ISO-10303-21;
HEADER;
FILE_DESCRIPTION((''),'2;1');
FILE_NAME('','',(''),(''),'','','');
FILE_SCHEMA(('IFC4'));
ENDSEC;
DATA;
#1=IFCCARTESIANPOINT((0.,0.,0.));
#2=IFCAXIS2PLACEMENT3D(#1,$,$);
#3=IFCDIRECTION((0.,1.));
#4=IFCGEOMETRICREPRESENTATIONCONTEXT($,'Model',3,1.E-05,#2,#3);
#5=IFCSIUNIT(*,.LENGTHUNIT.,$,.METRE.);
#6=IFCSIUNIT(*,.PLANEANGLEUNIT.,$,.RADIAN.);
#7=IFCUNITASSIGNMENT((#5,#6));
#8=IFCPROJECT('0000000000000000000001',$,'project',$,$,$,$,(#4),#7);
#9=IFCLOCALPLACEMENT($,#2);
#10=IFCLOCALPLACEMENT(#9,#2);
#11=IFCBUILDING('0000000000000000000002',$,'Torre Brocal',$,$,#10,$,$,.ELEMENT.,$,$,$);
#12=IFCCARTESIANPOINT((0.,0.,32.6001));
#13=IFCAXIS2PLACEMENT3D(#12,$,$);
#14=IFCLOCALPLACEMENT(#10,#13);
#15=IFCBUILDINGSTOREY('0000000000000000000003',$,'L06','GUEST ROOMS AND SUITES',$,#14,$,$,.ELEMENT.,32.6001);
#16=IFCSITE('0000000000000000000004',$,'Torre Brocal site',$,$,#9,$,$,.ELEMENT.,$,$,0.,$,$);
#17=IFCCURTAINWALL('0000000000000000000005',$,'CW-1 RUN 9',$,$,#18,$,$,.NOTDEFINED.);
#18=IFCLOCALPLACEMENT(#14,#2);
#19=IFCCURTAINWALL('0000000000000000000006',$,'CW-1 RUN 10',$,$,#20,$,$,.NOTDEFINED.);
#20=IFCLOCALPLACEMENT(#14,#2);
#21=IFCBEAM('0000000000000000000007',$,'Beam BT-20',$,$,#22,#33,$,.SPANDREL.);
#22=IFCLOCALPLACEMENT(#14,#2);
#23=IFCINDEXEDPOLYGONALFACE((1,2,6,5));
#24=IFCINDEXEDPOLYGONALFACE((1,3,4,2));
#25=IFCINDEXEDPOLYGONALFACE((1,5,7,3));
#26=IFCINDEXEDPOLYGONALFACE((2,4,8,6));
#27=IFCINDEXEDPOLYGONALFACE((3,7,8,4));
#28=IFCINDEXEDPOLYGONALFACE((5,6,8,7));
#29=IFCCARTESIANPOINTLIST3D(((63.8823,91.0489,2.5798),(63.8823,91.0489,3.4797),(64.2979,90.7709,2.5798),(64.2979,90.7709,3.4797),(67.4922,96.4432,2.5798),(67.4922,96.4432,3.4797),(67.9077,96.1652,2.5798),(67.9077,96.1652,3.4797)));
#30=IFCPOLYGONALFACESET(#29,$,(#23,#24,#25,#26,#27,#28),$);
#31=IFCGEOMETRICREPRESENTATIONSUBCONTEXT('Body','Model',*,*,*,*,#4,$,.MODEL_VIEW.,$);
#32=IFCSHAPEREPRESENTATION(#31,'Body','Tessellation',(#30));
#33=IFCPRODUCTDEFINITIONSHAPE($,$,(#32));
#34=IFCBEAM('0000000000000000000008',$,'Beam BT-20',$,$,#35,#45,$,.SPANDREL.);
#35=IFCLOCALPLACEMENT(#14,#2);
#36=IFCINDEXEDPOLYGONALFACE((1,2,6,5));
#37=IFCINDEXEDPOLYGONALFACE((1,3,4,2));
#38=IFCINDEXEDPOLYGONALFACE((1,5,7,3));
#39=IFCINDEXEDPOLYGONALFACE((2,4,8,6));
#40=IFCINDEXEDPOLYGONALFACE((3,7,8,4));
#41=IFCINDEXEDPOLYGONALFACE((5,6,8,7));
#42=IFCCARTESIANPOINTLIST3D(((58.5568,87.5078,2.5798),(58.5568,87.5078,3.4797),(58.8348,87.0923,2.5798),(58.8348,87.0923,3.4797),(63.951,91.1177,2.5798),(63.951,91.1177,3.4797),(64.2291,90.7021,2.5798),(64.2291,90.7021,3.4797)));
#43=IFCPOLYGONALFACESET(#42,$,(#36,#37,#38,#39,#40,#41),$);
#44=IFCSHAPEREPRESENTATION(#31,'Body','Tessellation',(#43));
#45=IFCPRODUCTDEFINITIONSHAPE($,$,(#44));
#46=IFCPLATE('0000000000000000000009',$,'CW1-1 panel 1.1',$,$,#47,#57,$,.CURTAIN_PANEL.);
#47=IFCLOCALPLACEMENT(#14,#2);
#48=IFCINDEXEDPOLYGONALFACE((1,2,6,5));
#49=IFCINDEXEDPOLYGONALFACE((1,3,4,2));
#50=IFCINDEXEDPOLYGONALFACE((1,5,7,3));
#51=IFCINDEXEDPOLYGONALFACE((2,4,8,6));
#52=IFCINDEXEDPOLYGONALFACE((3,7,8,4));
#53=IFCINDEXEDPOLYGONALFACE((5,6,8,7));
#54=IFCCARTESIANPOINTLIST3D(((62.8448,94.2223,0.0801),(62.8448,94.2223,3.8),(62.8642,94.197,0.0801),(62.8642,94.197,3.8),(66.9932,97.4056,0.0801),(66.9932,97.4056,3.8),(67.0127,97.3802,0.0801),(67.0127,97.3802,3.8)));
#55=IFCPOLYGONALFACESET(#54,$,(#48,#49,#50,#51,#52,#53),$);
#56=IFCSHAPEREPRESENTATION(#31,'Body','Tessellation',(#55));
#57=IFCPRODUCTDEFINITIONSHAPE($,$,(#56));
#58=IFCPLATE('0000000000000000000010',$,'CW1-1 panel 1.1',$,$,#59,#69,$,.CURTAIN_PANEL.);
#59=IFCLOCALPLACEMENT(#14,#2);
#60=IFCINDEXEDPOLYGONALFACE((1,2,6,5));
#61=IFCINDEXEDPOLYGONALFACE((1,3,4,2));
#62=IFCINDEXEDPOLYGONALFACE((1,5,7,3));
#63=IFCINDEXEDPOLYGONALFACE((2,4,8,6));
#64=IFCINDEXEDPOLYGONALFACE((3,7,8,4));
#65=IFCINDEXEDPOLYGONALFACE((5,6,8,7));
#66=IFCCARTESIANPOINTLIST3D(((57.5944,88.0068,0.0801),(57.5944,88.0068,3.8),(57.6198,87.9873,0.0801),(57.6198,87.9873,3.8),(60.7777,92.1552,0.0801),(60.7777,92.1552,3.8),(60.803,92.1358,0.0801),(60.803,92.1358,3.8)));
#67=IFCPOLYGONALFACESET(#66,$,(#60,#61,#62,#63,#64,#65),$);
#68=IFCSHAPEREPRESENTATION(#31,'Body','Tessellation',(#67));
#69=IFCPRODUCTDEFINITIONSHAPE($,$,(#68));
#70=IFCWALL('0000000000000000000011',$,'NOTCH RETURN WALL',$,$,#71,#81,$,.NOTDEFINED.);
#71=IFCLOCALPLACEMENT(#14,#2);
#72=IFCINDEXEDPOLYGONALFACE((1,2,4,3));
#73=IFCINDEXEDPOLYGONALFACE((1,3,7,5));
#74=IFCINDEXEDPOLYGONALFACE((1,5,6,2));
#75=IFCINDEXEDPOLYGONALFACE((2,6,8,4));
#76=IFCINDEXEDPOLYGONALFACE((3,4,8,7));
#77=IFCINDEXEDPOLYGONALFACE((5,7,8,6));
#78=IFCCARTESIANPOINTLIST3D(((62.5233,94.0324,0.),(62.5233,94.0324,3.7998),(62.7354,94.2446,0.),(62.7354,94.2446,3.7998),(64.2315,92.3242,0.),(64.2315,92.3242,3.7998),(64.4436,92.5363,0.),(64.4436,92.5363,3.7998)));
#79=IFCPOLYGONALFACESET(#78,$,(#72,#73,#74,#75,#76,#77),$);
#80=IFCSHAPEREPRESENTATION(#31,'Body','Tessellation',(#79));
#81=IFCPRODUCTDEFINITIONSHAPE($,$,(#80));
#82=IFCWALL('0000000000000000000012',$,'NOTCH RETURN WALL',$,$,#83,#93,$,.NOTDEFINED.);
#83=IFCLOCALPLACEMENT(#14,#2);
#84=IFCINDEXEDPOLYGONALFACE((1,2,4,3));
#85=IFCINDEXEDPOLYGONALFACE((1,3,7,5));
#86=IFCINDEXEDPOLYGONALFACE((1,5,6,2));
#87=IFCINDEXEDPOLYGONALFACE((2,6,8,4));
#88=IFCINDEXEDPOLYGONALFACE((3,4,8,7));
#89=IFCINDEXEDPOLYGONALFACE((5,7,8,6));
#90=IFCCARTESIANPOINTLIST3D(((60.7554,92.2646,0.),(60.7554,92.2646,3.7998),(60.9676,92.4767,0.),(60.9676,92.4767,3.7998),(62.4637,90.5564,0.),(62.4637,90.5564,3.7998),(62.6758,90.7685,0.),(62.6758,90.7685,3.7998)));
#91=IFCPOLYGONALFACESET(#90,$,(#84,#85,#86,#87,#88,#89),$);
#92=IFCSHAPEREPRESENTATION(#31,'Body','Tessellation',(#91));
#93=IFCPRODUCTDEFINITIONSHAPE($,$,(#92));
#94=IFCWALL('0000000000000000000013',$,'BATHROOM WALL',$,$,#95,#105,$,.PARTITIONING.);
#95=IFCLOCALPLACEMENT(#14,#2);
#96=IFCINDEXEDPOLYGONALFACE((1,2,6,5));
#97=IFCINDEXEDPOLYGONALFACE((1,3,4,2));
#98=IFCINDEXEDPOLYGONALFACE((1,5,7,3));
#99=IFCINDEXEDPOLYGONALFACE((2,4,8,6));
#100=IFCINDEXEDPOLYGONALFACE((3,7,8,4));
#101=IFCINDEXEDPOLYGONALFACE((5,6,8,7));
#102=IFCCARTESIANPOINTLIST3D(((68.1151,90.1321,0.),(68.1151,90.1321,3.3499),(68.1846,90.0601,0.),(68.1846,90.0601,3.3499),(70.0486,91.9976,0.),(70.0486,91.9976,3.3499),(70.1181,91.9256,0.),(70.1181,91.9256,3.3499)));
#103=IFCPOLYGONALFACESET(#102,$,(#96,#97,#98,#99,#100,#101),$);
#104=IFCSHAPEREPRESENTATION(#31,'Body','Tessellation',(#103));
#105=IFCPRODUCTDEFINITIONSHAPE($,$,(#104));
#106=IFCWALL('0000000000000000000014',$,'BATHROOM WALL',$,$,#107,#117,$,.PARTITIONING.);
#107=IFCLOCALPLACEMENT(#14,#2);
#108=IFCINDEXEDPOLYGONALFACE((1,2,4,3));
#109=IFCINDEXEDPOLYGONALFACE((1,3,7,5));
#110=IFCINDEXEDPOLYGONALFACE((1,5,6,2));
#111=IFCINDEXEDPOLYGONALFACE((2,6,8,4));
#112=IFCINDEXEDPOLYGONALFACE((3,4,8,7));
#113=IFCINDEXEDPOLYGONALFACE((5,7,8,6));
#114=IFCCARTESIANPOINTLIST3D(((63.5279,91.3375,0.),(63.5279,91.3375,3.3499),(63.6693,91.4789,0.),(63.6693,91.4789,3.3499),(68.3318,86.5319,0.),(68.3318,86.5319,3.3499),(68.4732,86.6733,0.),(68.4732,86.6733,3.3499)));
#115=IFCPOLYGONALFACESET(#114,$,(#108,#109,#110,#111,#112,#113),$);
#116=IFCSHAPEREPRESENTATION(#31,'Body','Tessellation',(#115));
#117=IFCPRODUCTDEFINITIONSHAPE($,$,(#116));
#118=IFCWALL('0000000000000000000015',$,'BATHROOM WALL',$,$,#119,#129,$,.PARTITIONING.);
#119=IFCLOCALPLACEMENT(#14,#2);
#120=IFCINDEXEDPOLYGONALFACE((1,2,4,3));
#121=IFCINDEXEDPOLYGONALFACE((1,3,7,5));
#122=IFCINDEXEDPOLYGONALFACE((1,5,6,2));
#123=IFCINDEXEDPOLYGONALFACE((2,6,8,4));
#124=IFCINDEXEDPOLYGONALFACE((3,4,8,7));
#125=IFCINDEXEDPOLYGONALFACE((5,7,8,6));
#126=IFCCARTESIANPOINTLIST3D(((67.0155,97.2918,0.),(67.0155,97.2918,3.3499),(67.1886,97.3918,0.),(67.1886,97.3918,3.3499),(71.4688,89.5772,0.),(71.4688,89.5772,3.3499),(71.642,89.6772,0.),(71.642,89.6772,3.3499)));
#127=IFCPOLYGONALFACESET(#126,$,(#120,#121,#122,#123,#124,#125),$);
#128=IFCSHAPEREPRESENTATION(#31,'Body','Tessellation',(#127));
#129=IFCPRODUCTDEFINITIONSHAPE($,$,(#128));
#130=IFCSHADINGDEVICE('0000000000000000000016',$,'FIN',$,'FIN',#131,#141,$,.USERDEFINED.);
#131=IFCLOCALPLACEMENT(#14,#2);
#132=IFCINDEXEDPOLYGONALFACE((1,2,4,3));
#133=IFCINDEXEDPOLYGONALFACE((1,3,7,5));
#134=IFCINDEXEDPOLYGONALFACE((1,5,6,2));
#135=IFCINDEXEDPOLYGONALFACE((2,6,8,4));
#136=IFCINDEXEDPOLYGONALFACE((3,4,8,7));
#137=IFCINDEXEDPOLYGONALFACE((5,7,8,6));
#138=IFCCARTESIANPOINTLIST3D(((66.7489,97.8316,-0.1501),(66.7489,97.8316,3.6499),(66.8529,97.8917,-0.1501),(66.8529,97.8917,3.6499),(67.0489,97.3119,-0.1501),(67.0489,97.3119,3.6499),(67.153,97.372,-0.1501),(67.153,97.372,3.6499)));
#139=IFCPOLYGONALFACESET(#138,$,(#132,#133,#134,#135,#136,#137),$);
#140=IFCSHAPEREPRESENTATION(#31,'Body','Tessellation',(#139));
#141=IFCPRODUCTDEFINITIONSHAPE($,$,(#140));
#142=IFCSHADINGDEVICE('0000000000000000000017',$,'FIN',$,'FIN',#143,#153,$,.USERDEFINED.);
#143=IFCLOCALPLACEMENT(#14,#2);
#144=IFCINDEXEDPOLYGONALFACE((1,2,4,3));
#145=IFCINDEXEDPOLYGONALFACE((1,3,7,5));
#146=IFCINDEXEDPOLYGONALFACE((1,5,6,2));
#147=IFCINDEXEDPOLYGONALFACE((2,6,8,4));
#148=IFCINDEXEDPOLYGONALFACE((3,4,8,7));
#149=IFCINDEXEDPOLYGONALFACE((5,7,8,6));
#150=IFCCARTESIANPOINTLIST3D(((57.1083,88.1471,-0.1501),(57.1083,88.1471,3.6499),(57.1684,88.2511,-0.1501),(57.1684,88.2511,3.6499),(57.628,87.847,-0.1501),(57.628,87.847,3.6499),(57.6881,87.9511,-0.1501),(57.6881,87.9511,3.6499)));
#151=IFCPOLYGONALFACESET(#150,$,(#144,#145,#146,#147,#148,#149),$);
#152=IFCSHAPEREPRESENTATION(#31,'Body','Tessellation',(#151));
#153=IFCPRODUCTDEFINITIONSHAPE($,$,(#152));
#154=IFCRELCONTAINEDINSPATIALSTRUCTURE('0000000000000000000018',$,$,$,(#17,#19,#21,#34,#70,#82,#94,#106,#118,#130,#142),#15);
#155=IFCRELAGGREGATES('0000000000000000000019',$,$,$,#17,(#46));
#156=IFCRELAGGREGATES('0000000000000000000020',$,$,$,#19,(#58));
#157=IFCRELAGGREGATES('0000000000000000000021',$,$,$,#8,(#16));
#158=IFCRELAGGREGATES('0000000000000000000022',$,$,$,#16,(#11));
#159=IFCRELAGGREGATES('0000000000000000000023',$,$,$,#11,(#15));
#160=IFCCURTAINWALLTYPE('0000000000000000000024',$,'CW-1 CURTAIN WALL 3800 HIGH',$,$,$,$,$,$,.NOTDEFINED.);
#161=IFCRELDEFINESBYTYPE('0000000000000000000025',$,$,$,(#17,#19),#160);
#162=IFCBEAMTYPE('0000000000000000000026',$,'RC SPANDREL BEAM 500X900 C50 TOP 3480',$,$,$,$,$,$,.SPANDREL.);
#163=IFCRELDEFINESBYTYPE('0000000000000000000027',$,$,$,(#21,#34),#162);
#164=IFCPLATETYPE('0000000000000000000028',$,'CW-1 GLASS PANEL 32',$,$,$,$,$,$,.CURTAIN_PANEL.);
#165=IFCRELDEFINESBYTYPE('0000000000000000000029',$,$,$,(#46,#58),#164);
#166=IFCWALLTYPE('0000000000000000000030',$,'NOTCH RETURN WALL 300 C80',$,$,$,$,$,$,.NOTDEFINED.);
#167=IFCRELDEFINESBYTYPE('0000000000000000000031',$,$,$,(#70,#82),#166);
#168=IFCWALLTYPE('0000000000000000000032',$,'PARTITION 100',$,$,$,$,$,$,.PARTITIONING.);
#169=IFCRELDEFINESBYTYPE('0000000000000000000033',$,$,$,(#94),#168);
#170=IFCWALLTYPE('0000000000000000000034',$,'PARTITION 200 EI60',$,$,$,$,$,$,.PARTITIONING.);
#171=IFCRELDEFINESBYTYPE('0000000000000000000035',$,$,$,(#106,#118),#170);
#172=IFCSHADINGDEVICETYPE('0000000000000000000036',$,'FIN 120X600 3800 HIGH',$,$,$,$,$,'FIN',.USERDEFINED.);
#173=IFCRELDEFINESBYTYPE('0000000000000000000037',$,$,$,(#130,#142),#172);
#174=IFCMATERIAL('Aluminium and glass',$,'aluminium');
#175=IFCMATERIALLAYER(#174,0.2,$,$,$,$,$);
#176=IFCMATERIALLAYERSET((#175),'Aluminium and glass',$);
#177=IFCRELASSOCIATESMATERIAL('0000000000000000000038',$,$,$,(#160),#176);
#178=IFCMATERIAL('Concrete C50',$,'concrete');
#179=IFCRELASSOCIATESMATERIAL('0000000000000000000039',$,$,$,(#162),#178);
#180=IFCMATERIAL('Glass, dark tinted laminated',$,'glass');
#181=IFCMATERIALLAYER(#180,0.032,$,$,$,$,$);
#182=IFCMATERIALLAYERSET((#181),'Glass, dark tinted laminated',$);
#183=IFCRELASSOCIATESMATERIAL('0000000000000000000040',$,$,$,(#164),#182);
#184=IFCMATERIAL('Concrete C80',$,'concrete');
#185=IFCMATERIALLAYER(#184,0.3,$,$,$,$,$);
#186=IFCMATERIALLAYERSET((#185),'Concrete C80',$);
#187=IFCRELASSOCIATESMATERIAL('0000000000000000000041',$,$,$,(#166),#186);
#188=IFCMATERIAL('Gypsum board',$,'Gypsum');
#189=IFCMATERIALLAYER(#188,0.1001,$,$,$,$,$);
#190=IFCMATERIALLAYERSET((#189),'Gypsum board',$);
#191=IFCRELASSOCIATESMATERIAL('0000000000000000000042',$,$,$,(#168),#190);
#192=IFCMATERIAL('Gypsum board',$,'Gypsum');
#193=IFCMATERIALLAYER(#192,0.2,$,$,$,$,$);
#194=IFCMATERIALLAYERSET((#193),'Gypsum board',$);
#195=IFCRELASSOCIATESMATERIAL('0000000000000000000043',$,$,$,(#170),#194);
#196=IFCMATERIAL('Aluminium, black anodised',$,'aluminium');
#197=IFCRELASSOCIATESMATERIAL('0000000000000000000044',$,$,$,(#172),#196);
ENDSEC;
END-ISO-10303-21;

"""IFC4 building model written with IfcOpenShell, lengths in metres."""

from ifc_helpers import new_model, si_unit, direction, frame, frame_2d, origin, origin_2d, place, context, subcontext, project, spatial, rectangle, extrude, material, layer, layer_set, material_profile, profile_set, type_object, element, aggregate, save


model = new_model("IFC4")

# Units and contexts
model_context = context("Model", 3, precision=1e-05, world=origin(), true_north=direction((0.0, 1.0)))
body_context = subcontext(model_context, "Body", "Model", "MODEL_VIEW")
ifc_project = project(units=[si_unit("LENGTHUNIT", "METRE"), si_unit("PLANEANGLEUNIT", "RADIAN")], contexts=[model_context])

# Site, building, storey
site_placement = place(None, origin())
site = spatial("IfcSite", under=ifc_project, at=site_placement, Name="Torre Brocal site", CompositionType="ELEMENT", RefElevation=0.0)
building_placement = place(site_placement, origin())
building = spatial("IfcBuilding", under=site, at=building_placement, Name="Torre Brocal", CompositionType="ELEMENT")
storey_placement = place(building_placement, frame((0.0, 0.0, 32.6001)))
storey = spatial("IfcBuildingStorey", under=building, at=storey_placement, Name="L06", Description="GUEST ROOMS AND SUITES", CompositionType="ELEMENT", Elevation=32.6001)

# Shared definitions
ifc_material_1 = material(Name="Aluminium and glass", Category="aluminium")
ifc_layer_1 = layer(ifc_material_1, 0.2)
ifc_layer_set_1 = layer_set([ifc_layer_1], Name="Aluminium and glass")
curtain_wall_type = type_object("IfcCurtainWallType", Name="CW-1 CURTAIN WALL 3800 HIGH", PredefinedType="NOTDEFINED", material=ifc_layer_set_1)

# Curtain walls
curtain_wall_1_placement = place(storey_placement, origin())
curtain_wall_1 = element("IfcCurtainWall", 1, at=curtain_wall_1_placement, inside=storey, type_object=curtain_wall_type, Name="CW-1 RUN 9", PredefinedType="NOTDEFINED")
curtain_wall_2_placement = place(storey_placement, origin())
curtain_wall_2 = element("IfcCurtainWall", 2, at=curtain_wall_2_placement, inside=storey, type_object=curtain_wall_type, Name="CW-1 RUN 10", PredefinedType="NOTDEFINED")

# Beams
ifc_material_2 = material(Name="Concrete C50", Category="concrete")
ifc_material_profile_1 = material_profile(ifc_material_2, rectangle(XDim=0.5, YDim=0.8999, at=origin_2d()), Name="RC 500X900")
ifc_profile_set_1 = profile_set([ifc_material_profile_1], Name="Concrete C50")
beam_type_1 = type_object("IfcBeamType", Name="RC SPANDREL BEAM 500X900 C50 TOP 3480", PredefinedType="SPANDREL", material=ifc_profile_set_1)
for number, where, z_axis, x_axis, name in (
    (3, (67.7, 96.3042, 3.0298), (-0.556158, -0.831077, 0.0), (0.831077, -0.556158, 0.0), "Beam BT-20"),
    (4, (64.0901, 90.9099, 3.0298), (-0.831077, -0.556158, 0.0), (0.556158, -0.831077, 0.0), "Beam BT-20"),
):
    element("IfcBeam", number, at=place(storey_placement, frame(where, z_axis=z_axis, x_axis=x_axis)), inside=storey, type_object=beam_type_1, Name=name, PredefinedType="SPANDREL", context=body_context, shape_type="SweptSolid", body=[
        extrude(rectangle(XDim=0.5, YDim=0.8999, at=origin_2d()), origin(), (0.0, 0.0, 1.0), 6.4907),
    ])

# Plates
ifc_material_3 = material(Name="Glass, dark tinted laminated", Category="glass")
ifc_layer_2 = layer(ifc_material_3, 0.032)
ifc_layer_set_2 = layer_set([ifc_layer_2], Name="Glass, dark tinted laminated")
plate_type = type_object("IfcPlateType", Name="CW-1 GLASS PANEL 32", PredefinedType="CURTAIN_PANEL", material=ifc_layer_set_2)
plate_1_placement = place(storey_placement, frame((64.9287, 95.8013, 0.0801), z_axis=(0.0, 0.0, 1.0), x_axis=(-0.793353, -0.608761, 0.0)))
plate_1 = element("IfcPlate", 5, at=plate_1_placement, type_object=plate_type, Name="CW1-1 panel 1.1", PredefinedType="CURTAIN_PANEL", context=body_context, shape_type="SweptSolid", body=[
    extrude(rectangle(XDim=5.229, YDim=0.032, at=origin_2d()), origin(), (0.0, 0.0, 1.0), 3.72),
])
aggregate(curtain_wall_1, [plate_1])
plate_2_placement = place(storey_placement, frame((59.1987, 90.0713, 0.0801), z_axis=(0.0, 0.0, 1.0), x_axis=(-0.608761, -0.793353, 0.0)))
plate_2 = element("IfcPlate", 6, at=plate_2_placement, type_object=plate_type, Name="CW1-1 panel 1.1", PredefinedType="CURTAIN_PANEL", context=body_context, shape_type="SweptSolid", body=[
    extrude(rectangle(XDim=5.229, YDim=0.032, at=origin_2d()), origin(), (0.0, 0.0, 1.0), 3.72),
])
aggregate(curtain_wall_2, [plate_2])

# Walls
ifc_material_4 = material(Name="Concrete C80", Category="concrete")
ifc_layer_3 = layer(ifc_material_4, 0.3)
ifc_layer_set_3 = layer_set([ifc_layer_3], Name="Concrete C80")
wall_type_1 = type_object("IfcWallType", Name="NOTCH RETURN WALL 300 C80", PredefinedType="NOTDEFINED", material=ifc_layer_set_3)
for number, where, z_axis, x_axis, name in (
    (7, (64.3376, 92.4302, 0.0), (0.0, 0.0, 1.0), (-0.707107, 0.707107, 0.0), "NOTCH RETURN WALL"),
    (8, (62.5698, 90.6624, 0.0), (0.0, 0.0, 1.0), (-0.707107, 0.707107, 0.0), "NOTCH RETURN WALL"),
):
    element("IfcWall", number, at=place(storey_placement, frame(where, z_axis=z_axis, x_axis=x_axis)), inside=storey, type_object=wall_type_1, Name=name, PredefinedType="NOTDEFINED", context=body_context, shape_type="SweptSolid", body=[
        extrude(rectangle(XDim=2.4158, YDim=0.3, at=frame_2d((1.208, 0.0))), origin(), (0.0, 0.0, 1.0), 3.7998),
    ])
ifc_material_5 = material(Name="Gypsum board", Category="Gypsum")
ifc_layer_4 = layer(ifc_material_5, 0.1001)
ifc_layer_set_4 = layer_set([ifc_layer_4], Name="Gypsum board")
wall_type_2 = type_object("IfcWallType", Name="PARTITION 100", PredefinedType="PARTITIONING", material=ifc_layer_set_4)
wall_1_placement = place(storey_placement, frame((68.1499, 90.0962, 0.0), z_axis=(0.0, 0.0, 1.0), x_axis=(0.719669, 0.694317, 0.0)))
element("IfcWall", 9, at=wall_1_placement, inside=storey, type_object=wall_type_2, Name="BATHROOM WALL", PredefinedType="PARTITIONING", context=body_context, shape_type="SweptSolid", body=[
    extrude(rectangle(XDim=2.6868, YDim=0.1001, at=frame_2d((1.3433, 0.0))), origin(), (0.0, 0.0, 1.0), 3.3499),
])
ifc_material_6 = material(Name="Gypsum board", Category="Gypsum")
ifc_layer_5 = layer(ifc_material_6, 0.2)
ifc_layer_set_5 = layer_set([ifc_layer_5], Name="Gypsum board")
wall_type_3 = type_object("IfcWallType", Name="PARTITION 200 EI60", PredefinedType="PARTITIONING", material=ifc_layer_set_5)
wall_2_placement = place(storey_placement, frame((63.5986, 91.4082, 0.0), z_axis=(0.0, 0.0, 1.0), x_axis=(0.706981, -0.707233, 0.0)))
element("IfcWall", 10, at=wall_2_placement, inside=storey, type_object=wall_type_3, Name="BATHROOM WALL", PredefinedType="PARTITIONING", context=body_context, shape_type="SweptSolid", body=[
    extrude(rectangle(XDim=6.7949, YDim=0.2, at=frame_2d((3.3975, 0.0))), origin(), (0.0, 0.0, 1.0), 3.3499),
])
wall_3_placement = place(storey_placement, frame((67.1021, 97.3418, 0.0), z_axis=(0.0, 0.0, 1.0), x_axis=(0.499945, -0.866057, 0.0)))
element("IfcWall", 11, at=wall_3_placement, inside=storey, type_object=wall_type_3, Name="BATHROOM WALL", PredefinedType="PARTITIONING", context=body_context, shape_type="SweptSolid", body=[
    extrude(rectangle(XDim=8.9077, YDim=0.2, at=frame_2d((4.4539, 0.0))), origin(), (0.0, 0.0, 1.0), 3.3499),
])

# Shading devices
ifc_material_7 = material(Name="Aluminium, black anodised", Category="aluminium")
ifc_material_profile_2 = material_profile(ifc_material_7, rectangle(XDim=0.1201, YDim=0.6001, at=origin_2d()), Name="FIN 120X600 3800 HIGH")
ifc_profile_set_2 = profile_set([ifc_material_profile_2], Name="Aluminium, black anodised")
shading_device_type = type_object("IfcShadingDeviceType", Name="FIN 120X600 3800 HIGH", ElementType="FIN", PredefinedType="USERDEFINED", material=ifc_profile_set_2)
for number, where, z_axis, x_axis, name in (
    (12, (66.9509, 97.6018, -0.1501), (0.0, 0.0, 1.0), (-0.866025, -0.5, 0.0), "FIN"),
    (13, (57.3982, 88.0491, -0.1501), (0.0, 0.0, 1.0), (-0.5, -0.866025, 0.0), "FIN"),
):
    element("IfcShadingDevice", number, at=place(storey_placement, frame(where, z_axis=z_axis, x_axis=x_axis)), inside=storey, type_object=shading_device_type, Name=name, ObjectType="FIN", PredefinedType="USERDEFINED", context=body_context, shape_type="SweptSolid", body=[
        extrude(rectangle(XDim=0.1201, YDim=0.6001, at=origin_2d()), origin(), (0.0, 0.0, 1.0), 3.8),
    ])

save(model, "model.ifc")
